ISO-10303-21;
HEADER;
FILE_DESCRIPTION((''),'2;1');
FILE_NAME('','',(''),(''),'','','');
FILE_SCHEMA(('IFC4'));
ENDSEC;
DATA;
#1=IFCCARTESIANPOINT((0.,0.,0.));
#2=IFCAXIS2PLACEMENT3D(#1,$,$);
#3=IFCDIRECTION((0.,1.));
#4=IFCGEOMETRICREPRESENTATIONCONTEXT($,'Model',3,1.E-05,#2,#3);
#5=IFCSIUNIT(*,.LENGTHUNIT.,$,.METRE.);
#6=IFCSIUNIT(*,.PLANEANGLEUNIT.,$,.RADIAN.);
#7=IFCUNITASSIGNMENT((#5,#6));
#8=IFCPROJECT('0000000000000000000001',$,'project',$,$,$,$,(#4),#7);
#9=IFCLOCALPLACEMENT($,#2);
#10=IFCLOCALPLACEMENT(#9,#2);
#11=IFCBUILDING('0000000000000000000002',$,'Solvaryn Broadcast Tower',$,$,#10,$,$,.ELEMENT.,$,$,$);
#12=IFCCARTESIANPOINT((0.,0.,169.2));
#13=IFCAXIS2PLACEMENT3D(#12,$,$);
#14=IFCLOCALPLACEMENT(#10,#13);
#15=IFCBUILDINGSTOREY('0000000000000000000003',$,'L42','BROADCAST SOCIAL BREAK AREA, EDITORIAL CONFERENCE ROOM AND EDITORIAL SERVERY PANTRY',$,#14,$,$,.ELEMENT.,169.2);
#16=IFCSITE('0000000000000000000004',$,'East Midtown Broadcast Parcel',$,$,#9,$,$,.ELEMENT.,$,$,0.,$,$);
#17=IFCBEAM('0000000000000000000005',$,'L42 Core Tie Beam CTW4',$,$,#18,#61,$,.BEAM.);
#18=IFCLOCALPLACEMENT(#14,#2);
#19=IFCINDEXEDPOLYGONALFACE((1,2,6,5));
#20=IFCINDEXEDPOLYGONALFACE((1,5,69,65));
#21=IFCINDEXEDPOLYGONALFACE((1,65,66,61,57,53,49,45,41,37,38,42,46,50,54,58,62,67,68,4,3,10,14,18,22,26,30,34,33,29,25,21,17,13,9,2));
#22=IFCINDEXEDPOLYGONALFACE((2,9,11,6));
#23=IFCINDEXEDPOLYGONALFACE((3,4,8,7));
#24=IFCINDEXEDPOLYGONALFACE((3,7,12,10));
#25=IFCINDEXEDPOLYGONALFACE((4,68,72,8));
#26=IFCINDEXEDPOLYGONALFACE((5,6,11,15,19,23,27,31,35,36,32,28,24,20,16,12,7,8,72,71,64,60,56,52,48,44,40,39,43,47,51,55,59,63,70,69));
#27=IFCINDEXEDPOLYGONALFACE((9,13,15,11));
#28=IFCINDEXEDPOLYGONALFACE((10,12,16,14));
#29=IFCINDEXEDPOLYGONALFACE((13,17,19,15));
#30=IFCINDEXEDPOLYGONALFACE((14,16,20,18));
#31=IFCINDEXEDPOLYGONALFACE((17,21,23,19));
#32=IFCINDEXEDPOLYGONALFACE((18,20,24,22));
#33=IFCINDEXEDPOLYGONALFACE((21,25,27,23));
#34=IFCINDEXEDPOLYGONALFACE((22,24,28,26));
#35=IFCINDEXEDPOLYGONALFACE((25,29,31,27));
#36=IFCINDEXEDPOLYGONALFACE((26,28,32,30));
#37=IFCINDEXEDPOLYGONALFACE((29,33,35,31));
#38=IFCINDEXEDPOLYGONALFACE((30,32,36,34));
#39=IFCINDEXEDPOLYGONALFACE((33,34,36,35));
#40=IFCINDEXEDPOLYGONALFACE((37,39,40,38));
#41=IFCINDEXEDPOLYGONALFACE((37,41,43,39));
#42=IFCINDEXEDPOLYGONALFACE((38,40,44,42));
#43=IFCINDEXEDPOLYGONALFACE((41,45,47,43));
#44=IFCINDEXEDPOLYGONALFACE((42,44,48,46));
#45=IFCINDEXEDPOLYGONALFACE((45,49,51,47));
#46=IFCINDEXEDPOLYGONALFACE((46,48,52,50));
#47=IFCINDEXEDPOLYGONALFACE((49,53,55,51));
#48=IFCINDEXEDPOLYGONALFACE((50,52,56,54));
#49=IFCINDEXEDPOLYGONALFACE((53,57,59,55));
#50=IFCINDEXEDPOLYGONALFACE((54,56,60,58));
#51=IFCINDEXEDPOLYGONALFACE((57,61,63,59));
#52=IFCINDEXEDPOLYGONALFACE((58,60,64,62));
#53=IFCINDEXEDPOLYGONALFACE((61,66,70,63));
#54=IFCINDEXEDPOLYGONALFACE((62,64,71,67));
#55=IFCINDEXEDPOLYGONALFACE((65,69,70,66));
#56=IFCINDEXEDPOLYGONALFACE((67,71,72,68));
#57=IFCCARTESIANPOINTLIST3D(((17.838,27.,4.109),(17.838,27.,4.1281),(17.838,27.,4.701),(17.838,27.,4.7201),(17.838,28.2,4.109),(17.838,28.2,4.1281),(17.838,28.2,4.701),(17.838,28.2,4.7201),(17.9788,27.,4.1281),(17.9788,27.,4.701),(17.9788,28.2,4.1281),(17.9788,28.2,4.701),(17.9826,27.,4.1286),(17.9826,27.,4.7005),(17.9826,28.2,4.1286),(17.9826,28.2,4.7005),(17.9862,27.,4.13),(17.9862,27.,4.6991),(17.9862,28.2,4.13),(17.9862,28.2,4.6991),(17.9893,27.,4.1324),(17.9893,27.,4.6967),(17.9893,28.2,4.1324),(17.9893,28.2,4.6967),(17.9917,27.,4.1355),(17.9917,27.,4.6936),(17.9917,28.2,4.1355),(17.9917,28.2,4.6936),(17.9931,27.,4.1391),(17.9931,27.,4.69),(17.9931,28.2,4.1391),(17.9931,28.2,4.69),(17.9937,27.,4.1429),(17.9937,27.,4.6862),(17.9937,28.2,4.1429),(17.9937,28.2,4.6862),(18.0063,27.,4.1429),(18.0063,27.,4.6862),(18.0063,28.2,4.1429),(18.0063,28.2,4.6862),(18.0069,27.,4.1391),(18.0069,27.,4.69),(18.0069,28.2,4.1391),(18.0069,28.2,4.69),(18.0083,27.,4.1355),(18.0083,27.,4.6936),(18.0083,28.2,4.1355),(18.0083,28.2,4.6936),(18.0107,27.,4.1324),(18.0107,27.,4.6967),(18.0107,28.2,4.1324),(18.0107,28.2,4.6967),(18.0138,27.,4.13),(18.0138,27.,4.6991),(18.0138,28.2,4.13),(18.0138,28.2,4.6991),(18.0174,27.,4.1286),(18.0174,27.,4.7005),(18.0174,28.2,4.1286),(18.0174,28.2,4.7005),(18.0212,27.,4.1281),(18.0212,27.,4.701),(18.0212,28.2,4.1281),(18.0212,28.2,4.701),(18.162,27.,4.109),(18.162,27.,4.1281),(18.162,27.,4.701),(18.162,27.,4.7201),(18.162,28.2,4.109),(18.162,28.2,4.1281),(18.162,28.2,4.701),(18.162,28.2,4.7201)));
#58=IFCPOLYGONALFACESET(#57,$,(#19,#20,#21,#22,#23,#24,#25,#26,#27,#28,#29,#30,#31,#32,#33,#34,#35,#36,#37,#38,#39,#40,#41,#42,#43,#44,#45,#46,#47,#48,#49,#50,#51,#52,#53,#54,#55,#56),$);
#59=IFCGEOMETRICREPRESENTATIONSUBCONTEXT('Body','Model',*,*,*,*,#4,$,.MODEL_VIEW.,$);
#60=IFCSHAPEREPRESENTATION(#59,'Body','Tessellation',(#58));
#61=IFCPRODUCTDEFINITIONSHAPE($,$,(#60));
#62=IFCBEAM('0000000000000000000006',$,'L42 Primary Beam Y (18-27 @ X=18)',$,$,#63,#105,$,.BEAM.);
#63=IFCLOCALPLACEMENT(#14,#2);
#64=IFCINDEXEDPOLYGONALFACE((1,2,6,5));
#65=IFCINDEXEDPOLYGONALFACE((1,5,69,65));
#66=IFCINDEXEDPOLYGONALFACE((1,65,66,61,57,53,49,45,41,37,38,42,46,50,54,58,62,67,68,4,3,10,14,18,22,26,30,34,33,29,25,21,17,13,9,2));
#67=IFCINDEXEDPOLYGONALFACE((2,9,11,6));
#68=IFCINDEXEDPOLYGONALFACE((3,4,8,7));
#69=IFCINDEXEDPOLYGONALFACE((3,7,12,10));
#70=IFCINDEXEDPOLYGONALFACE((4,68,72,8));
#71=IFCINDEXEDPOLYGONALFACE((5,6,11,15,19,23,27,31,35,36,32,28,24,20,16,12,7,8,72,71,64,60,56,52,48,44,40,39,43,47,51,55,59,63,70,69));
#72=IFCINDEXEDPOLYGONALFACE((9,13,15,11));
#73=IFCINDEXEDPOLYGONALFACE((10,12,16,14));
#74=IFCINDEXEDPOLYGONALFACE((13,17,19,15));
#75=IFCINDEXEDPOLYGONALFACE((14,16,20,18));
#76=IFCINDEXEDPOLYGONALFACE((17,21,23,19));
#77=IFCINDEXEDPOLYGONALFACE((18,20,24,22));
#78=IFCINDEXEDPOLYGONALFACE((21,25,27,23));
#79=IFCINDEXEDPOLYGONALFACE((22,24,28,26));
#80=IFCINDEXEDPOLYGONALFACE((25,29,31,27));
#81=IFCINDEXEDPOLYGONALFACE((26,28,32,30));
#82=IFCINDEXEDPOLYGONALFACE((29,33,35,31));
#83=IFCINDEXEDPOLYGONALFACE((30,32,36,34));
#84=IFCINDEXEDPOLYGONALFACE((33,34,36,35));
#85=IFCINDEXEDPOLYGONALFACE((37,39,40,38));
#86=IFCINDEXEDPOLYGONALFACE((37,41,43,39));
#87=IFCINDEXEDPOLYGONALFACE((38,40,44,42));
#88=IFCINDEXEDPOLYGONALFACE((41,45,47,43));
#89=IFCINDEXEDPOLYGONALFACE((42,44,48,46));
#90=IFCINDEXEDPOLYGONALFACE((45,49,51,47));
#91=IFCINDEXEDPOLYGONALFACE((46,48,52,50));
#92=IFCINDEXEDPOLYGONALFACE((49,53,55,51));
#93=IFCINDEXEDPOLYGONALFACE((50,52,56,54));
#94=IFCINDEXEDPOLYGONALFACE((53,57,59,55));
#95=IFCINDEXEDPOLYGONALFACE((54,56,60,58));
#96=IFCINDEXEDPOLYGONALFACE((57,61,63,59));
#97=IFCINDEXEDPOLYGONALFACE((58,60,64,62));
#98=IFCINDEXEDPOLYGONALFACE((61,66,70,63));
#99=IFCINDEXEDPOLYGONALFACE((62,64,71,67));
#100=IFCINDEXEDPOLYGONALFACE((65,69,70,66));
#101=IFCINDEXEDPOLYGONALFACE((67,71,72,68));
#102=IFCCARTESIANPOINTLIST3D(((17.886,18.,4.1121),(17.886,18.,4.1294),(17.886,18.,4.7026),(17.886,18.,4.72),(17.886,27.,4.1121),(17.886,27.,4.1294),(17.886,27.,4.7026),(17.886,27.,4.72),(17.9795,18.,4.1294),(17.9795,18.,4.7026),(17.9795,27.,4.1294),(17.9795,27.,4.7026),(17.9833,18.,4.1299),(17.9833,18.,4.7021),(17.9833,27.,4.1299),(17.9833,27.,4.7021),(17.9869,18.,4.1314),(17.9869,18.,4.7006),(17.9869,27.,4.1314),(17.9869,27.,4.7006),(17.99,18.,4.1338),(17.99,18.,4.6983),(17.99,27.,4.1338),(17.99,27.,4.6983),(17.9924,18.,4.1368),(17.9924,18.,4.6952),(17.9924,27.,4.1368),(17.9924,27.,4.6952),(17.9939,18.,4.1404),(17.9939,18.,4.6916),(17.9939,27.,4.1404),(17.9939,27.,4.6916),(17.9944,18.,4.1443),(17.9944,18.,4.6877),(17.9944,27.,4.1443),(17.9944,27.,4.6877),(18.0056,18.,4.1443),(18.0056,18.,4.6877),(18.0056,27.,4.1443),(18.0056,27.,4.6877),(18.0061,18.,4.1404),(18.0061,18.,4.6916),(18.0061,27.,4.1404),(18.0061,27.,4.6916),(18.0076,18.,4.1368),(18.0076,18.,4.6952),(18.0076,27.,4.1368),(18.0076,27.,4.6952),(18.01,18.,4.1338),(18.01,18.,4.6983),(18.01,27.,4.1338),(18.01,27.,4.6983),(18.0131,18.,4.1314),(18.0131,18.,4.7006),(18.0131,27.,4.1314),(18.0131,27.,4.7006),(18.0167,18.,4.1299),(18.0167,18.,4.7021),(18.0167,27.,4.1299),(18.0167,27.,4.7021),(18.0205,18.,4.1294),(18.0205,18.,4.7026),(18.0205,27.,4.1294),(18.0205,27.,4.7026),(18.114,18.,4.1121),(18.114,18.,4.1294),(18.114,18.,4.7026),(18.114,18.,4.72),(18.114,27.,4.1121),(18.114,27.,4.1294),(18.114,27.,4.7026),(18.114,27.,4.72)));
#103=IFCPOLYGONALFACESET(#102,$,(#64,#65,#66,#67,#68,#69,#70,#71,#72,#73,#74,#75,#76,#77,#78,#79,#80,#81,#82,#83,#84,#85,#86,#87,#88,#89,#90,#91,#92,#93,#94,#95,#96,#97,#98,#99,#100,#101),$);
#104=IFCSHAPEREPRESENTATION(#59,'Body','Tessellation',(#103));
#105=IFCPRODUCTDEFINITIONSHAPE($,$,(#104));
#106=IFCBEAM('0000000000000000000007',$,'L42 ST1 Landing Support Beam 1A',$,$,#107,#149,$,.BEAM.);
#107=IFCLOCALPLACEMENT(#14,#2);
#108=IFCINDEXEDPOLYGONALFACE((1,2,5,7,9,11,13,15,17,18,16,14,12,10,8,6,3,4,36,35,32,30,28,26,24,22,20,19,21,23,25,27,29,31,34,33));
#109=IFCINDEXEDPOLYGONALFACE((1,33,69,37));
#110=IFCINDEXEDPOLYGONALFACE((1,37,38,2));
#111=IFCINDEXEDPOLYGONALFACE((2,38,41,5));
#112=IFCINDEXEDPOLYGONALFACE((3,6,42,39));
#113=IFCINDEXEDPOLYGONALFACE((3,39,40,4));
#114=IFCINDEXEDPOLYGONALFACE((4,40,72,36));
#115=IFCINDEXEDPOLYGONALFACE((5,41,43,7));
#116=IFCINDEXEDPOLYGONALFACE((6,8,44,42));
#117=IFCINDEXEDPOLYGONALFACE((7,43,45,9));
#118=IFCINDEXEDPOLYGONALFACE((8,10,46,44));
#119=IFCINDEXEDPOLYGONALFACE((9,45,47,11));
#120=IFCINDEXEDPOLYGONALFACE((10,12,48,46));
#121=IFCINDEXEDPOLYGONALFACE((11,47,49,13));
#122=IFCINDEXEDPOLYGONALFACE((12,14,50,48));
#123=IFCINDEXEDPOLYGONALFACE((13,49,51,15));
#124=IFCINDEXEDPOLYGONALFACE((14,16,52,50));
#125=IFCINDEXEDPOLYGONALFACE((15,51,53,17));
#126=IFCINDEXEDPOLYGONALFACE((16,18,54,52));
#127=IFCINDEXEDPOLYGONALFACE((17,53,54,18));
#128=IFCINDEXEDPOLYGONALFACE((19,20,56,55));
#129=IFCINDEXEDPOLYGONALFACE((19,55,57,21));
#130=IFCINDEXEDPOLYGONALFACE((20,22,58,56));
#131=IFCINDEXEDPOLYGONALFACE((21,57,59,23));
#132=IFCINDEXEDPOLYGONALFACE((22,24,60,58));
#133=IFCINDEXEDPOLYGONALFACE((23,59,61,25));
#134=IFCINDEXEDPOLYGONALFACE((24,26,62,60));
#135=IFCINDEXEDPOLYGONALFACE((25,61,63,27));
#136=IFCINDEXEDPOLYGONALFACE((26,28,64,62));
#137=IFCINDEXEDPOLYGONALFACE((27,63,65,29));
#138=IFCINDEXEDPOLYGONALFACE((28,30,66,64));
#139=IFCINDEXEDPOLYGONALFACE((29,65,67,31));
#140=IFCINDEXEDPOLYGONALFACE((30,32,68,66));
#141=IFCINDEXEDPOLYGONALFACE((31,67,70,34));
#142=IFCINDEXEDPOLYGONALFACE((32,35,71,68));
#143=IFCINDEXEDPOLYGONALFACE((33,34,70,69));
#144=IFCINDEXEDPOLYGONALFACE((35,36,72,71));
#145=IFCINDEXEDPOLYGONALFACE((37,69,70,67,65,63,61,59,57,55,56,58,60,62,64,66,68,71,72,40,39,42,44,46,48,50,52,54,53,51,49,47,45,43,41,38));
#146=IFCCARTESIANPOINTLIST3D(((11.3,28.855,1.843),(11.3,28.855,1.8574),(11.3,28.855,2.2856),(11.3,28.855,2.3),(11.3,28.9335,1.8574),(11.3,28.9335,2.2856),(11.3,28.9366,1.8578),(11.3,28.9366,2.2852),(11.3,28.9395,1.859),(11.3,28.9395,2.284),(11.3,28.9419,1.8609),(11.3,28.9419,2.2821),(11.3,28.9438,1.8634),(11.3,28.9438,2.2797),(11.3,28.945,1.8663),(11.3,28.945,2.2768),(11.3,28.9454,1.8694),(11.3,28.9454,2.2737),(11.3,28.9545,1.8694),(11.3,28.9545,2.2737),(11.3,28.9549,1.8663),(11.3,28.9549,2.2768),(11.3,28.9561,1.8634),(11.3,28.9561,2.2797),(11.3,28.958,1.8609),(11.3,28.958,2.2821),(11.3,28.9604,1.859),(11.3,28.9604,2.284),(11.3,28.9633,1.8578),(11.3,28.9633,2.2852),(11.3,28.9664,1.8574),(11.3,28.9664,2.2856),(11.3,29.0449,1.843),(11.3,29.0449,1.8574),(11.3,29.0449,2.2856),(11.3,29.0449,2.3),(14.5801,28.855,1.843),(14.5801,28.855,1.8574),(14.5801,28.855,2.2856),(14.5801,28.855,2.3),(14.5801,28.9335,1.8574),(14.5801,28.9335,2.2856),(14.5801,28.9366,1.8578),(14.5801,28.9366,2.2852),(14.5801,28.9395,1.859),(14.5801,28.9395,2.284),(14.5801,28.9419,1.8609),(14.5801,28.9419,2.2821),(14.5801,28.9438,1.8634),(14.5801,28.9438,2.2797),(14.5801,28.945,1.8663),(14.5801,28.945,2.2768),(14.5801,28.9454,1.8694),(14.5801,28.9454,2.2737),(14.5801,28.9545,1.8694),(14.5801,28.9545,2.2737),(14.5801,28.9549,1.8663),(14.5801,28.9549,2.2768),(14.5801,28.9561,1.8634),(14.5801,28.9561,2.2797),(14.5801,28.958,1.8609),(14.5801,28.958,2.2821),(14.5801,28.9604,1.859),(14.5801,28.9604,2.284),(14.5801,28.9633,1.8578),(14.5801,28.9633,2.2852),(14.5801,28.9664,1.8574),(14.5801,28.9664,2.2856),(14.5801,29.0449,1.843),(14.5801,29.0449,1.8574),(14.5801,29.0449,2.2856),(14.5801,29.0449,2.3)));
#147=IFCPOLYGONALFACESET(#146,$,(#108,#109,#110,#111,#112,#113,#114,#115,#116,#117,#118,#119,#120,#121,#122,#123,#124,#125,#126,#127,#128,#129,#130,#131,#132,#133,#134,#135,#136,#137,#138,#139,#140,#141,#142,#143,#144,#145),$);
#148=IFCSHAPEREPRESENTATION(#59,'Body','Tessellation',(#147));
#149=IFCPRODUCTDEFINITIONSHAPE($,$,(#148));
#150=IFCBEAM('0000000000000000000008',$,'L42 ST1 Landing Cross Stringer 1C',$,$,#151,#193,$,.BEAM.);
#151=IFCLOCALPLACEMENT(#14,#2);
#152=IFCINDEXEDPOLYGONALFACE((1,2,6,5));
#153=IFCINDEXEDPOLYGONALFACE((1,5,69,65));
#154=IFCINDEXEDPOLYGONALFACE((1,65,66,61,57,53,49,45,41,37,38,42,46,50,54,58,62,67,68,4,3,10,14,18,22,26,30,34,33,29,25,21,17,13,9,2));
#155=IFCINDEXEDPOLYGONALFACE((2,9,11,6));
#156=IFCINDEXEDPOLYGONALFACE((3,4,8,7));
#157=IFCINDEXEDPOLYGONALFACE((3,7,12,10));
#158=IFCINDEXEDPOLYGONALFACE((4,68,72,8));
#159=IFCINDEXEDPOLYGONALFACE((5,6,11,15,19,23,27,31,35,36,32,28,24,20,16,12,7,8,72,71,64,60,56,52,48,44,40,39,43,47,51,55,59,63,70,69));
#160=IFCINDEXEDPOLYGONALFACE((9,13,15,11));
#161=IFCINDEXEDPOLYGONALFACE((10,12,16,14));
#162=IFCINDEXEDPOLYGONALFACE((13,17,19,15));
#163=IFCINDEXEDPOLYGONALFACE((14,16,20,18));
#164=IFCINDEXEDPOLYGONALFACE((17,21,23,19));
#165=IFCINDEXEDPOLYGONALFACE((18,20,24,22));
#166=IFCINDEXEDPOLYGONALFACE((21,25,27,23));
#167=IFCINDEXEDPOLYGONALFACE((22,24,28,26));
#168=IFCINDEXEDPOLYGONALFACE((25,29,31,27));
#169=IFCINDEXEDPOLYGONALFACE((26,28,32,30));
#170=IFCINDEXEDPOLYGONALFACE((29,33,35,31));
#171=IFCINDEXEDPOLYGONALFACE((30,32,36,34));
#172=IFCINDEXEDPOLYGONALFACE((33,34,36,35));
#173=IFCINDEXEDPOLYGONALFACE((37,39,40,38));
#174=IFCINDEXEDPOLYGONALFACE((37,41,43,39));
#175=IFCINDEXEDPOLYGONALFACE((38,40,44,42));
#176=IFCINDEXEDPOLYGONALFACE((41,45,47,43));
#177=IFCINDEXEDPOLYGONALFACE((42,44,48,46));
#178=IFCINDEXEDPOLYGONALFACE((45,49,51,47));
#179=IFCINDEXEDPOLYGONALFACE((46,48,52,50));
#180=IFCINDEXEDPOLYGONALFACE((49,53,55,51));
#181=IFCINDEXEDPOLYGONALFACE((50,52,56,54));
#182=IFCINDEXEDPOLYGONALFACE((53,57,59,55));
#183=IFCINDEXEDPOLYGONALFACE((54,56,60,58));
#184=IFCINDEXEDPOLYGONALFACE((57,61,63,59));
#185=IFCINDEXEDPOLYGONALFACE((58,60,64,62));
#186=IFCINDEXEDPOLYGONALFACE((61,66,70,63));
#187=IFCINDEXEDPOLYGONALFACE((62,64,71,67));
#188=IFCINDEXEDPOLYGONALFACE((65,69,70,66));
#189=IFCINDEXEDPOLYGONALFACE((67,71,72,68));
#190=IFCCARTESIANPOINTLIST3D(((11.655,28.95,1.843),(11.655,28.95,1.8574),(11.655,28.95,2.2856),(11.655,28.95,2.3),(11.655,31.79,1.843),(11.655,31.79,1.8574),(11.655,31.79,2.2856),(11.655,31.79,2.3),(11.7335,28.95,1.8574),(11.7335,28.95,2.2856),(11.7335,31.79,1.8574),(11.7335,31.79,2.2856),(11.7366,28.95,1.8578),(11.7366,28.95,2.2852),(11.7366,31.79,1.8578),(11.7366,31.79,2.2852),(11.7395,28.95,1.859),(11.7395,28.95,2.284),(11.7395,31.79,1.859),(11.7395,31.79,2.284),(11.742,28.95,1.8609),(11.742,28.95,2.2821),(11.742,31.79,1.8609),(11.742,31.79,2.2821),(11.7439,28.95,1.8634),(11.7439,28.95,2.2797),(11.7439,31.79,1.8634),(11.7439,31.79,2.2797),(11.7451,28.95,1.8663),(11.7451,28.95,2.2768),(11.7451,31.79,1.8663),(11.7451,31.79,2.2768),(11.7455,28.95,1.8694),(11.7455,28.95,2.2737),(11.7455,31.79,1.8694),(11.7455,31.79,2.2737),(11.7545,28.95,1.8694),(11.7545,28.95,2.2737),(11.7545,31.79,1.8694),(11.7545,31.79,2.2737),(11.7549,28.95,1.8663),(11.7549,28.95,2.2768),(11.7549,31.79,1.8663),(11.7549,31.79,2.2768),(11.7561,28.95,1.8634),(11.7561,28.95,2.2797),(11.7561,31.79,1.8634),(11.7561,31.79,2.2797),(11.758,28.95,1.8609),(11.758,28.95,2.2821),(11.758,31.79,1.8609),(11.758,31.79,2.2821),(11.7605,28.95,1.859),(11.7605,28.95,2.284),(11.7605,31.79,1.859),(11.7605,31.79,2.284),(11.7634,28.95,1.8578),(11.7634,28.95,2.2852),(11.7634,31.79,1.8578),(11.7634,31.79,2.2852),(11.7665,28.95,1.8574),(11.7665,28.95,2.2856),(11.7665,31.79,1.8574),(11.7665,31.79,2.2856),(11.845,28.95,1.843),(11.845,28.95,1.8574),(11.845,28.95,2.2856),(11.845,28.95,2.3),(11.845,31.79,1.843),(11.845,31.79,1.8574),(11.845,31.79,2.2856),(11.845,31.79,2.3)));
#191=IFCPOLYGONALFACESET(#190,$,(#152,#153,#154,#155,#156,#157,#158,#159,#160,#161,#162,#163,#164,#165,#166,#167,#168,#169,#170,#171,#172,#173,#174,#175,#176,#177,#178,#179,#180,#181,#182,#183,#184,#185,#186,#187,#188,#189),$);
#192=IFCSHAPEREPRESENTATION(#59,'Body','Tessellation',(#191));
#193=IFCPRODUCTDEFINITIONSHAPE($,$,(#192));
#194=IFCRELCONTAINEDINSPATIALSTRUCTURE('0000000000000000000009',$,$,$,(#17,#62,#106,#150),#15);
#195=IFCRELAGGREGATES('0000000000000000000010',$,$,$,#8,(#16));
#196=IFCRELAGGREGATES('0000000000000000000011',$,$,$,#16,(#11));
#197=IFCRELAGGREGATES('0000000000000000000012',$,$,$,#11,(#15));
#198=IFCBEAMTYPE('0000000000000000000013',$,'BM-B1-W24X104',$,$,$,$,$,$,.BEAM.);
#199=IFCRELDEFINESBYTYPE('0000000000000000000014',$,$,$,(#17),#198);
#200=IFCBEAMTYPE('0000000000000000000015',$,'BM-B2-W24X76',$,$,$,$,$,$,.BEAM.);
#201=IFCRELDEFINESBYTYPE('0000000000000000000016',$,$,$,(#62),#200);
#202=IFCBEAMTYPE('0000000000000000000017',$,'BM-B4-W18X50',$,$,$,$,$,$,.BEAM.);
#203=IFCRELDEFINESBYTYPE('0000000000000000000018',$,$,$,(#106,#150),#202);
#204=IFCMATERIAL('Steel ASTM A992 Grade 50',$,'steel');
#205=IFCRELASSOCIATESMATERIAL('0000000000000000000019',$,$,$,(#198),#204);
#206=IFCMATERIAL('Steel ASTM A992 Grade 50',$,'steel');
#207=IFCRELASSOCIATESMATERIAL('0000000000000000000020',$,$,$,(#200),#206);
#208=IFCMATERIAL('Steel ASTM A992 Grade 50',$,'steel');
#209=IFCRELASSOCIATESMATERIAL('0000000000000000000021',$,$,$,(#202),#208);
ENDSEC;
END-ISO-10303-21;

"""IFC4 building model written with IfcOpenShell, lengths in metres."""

from ifc_helpers import new_model, si_unit, direction, frame, origin, origin_2d, place, context, subcontext, project, spatial, i_section, extrude, material, material_profile, profile_set, type_object, element, save


model = new_model("IFC4")

# Units and contexts
model_context = context("Model", 3, precision=1e-05, world=origin(), true_north=direction((0.0, 1.0)))
body_context = subcontext(model_context, "Body", "Model", "MODEL_VIEW")
ifc_project = project(units=[si_unit("LENGTHUNIT", "METRE"), si_unit("PLANEANGLEUNIT", "RADIAN")], contexts=[model_context])

# Site, building, storey
site_placement = place(None, origin())
site = spatial("IfcSite", under=ifc_project, at=site_placement, Name="East Midtown Broadcast Parcel", CompositionType="ELEMENT", RefElevation=0.0)
building_placement = place(site_placement, origin())
building = spatial("IfcBuilding", under=site, at=building_placement, Name="Solvaryn Broadcast Tower", CompositionType="ELEMENT")
storey_placement = place(building_placement, frame((0.0, 0.0, 169.2)))
storey = spatial("IfcBuildingStorey", under=building, at=storey_placement, Name="L42", Description="BROADCAST SOCIAL BREAK AREA, EDITORIAL CONFERENCE ROOM AND EDITORIAL SERVERY PANTRY", CompositionType="ELEMENT", Elevation=169.2)

# Beams
ifc_material_1 = material(Name="Steel ASTM A992 Grade 50", Category="steel")
ifc_material_profile_1 = material_profile(ifc_material_1, i_section(OverallWidth=0.324, OverallDepth=0.6111, WebThickness=0.0127, FlangeThickness=0.019, FilletRadius=0.0149, at=origin_2d()))
ifc_profile_set_1 = profile_set([ifc_material_profile_1], Name="Steel ASTM A992 Grade 50")
beam_type_1 = type_object("IfcBeamType", Name="BM-B1-W24X104", PredefinedType="BEAM", material=ifc_profile_set_1)
beam_1_placement = place(storey_placement, frame((18.0, 27.0, 4.4146), z_axis=(0.0, 1.0, 0.0), x_axis=(-1.0, 0.0, 0.0)))
element("IfcBeam", 1, at=beam_1_placement, inside=storey, type_object=beam_type_1, Name="L42 Core Tie Beam CTW4", PredefinedType="BEAM", context=body_context, shape_type="SweptSolid", body=[
    extrude(i_section(OverallWidth=0.324, OverallDepth=0.6111, WebThickness=0.0127, FlangeThickness=0.019, FilletRadius=0.0149, at=origin_2d()), origin(), (0.0, 0.0, 1.0), 1.2),
])
ifc_material_2 = material(Name="Steel ASTM A992 Grade 50", Category="steel")
ifc_material_profile_2 = material_profile(ifc_material_2, i_section(OverallWidth=0.228, OverallDepth=0.6079, WebThickness=0.0112, FlangeThickness=0.0173, FilletRadius=0.0149, at=origin_2d()))
ifc_profile_set_2 = profile_set([ifc_material_profile_2], Name="Steel ASTM A992 Grade 50")
beam_type_2 = type_object("IfcBeamType", Name="BM-B2-W24X76", PredefinedType="BEAM", material=ifc_profile_set_2)
beam_2_placement = place(storey_placement, frame((18.0, 18.0, 4.416), z_axis=(0.0, 1.0, 0.0), x_axis=(-1.0, 0.0, 0.0)))
element("IfcBeam", 2, at=beam_2_placement, inside=storey, type_object=beam_type_2, Name="L42 Primary Beam Y (18-27 @ X=18)", PredefinedType="BEAM", context=body_context, shape_type="SweptSolid", body=[
    extrude(i_section(OverallWidth=0.228, OverallDepth=0.6079, WebThickness=0.0112, FlangeThickness=0.0173, FilletRadius=0.0149, at=origin_2d()), origin(), (0.0, 0.0, 1.0), 9.0),
])
ifc_material_3 = material(Name="Steel ASTM A992 Grade 50", Category="steel")
ifc_material_profile_3 = material_profile(ifc_material_3, i_section(OverallWidth=0.1899, OverallDepth=0.457, WebThickness=0.009, FlangeThickness=0.0144, FilletRadius=0.012, at=origin_2d()))
ifc_profile_set_3 = profile_set([ifc_material_profile_3], Name="Steel ASTM A992 Grade 50")
beam_type_3 = type_object("IfcBeamType", Name="BM-B4-W18X50", PredefinedType="BEAM", material=ifc_profile_set_3)
beam_3_placement = place(storey_placement, frame((11.3, 28.95, 2.0715), z_axis=(1.0, 0.0, 0.0), x_axis=(0.0, 1.0, 0.0)))
element("IfcBeam", 3, at=beam_3_placement, inside=storey, type_object=beam_type_3, Name="L42 ST1 Landing Support Beam 1A", PredefinedType="BEAM", context=body_context, shape_type="SweptSolid", body=[
    extrude(i_section(OverallWidth=0.1899, OverallDepth=0.457, WebThickness=0.009, FlangeThickness=0.0144, FilletRadius=0.012, at=origin_2d()), origin(), (0.0, 0.0, 1.0), 3.28),
])
beam_4_placement = place(storey_placement, frame((11.75, 28.95, 2.0715), z_axis=(0.0, 1.0, 0.0), x_axis=(-1.0, 0.0, 0.0)))
element("IfcBeam", 4, at=beam_4_placement, inside=storey, type_object=beam_type_3, Name="L42 ST1 Landing Cross Stringer 1C", PredefinedType="BEAM", context=body_context, shape_type="SweptSolid", body=[
    extrude(i_section(OverallWidth=0.1899, OverallDepth=0.457, WebThickness=0.009, FlangeThickness=0.0144, FilletRadius=0.012, at=origin_2d()), origin(), (0.0, 0.0, 1.0), 2.8401),
])

save(model, "model.ifc")
